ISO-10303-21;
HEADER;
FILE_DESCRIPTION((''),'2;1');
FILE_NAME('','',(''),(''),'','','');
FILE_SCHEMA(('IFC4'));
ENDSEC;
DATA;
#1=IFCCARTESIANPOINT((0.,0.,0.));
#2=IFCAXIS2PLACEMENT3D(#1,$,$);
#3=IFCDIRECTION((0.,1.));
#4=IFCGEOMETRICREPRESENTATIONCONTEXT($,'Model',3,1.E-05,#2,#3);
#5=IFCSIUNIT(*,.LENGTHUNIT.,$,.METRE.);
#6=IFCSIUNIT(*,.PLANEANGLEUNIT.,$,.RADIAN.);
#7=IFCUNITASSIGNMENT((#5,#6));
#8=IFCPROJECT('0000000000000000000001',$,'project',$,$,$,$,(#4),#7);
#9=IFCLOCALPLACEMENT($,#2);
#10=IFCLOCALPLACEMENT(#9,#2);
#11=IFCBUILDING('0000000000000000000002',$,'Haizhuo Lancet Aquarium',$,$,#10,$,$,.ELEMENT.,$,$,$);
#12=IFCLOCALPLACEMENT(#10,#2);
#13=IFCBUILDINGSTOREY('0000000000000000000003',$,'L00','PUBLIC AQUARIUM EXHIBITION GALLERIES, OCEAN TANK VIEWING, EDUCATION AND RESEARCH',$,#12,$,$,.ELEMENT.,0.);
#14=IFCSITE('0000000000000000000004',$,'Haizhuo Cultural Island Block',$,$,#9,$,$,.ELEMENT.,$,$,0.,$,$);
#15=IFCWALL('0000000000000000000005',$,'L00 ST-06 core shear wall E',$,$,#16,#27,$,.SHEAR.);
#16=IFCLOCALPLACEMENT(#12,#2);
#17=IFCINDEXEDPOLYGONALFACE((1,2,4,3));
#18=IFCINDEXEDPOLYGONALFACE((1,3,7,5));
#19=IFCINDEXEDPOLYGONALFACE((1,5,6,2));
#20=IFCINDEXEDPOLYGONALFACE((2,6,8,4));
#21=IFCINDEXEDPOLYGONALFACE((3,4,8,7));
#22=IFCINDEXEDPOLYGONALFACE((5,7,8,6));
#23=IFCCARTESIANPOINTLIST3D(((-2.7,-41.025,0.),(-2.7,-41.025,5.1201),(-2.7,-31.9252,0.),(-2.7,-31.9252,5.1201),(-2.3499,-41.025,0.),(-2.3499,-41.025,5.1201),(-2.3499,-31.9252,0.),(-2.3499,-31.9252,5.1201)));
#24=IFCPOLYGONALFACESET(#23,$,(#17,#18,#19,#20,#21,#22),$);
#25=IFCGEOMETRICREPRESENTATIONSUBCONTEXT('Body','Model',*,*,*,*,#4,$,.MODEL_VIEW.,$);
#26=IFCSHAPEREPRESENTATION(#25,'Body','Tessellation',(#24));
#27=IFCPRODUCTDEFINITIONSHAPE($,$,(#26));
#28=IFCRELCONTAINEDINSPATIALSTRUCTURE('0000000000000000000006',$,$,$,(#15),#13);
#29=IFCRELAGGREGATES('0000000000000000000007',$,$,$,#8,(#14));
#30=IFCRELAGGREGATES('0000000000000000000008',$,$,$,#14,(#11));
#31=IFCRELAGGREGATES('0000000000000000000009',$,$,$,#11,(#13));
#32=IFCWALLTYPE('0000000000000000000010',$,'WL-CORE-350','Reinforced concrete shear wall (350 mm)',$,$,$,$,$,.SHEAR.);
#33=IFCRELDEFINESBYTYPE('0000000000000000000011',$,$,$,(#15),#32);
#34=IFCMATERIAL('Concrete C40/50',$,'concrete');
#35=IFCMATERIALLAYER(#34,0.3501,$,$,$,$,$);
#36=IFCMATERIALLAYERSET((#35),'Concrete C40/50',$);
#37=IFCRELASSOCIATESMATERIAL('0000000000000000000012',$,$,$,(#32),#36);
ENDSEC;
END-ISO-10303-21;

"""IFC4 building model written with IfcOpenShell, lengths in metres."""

from ifc_helpers import new_model, si_unit, direction, frame, frame_2d, origin, place, context, subcontext, project, spatial, rectangle, extrude, material, layer, layer_set, type_object, element, save


model = new_model("IFC4")

# Units and contexts
model_context = context("Model", 3, precision=1e-05, world=origin(), true_north=direction((0.0, 1.0)))
body_context = subcontext(model_context, "Body", "Model", "MODEL_VIEW")
ifc_project = project(units=[si_unit("LENGTHUNIT", "METRE"), si_unit("PLANEANGLEUNIT", "RADIAN")], contexts=[model_context])

# Site, building, storey
site_placement = place(None, origin())
site = spatial("IfcSite", under=ifc_project, at=site_placement, Name="Haizhuo Cultural Island Block", CompositionType="ELEMENT", RefElevation=0.0)
building_placement = place(site_placement, origin())
building = spatial("IfcBuilding", under=site, at=building_placement, Name="Haizhuo Lancet Aquarium", CompositionType="ELEMENT")
storey_placement = place(building_placement, origin())
storey = spatial("IfcBuildingStorey", under=building, at=storey_placement, Name="L00", Description="PUBLIC AQUARIUM EXHIBITION GALLERIES, OCEAN TANK VIEWING, EDUCATION AND RESEARCH", CompositionType="ELEMENT", Elevation=0.0)

# Wall
ifc_material_1 = material(Name="Concrete C40/50", Category="concrete")
ifc_layer_1 = layer(ifc_material_1, 0.3501)
ifc_layer_set_1 = layer_set([ifc_layer_1], Name="Concrete C40/50")
wall_type_1 = type_object("IfcWallType", Name="WL-CORE-350", Description="Reinforced concrete shear wall (350 mm)", PredefinedType="SHEAR", material=ifc_layer_set_1)
wall_1_placement = place(storey_placement, frame((-2.5249, -41.0249, 0.0), z_axis=(0.0, 0.0, 1.0), x_axis=(0.0, 1.0, 0.0)))
element("IfcWall", 1, at=wall_1_placement, inside=storey, type_object=wall_type_1, Name="L00 ST-06 core shear wall E", PredefinedType="SHEAR", context=body_context, shape_type="SweptSolid", body=[
    extrude(rectangle(XDim=9.0999, YDim=0.3501, at=frame_2d((4.5498, 0.0))), origin(), (0.0, 0.0, 1.0), 5.1201),
])

save(model, "model.ifc")
